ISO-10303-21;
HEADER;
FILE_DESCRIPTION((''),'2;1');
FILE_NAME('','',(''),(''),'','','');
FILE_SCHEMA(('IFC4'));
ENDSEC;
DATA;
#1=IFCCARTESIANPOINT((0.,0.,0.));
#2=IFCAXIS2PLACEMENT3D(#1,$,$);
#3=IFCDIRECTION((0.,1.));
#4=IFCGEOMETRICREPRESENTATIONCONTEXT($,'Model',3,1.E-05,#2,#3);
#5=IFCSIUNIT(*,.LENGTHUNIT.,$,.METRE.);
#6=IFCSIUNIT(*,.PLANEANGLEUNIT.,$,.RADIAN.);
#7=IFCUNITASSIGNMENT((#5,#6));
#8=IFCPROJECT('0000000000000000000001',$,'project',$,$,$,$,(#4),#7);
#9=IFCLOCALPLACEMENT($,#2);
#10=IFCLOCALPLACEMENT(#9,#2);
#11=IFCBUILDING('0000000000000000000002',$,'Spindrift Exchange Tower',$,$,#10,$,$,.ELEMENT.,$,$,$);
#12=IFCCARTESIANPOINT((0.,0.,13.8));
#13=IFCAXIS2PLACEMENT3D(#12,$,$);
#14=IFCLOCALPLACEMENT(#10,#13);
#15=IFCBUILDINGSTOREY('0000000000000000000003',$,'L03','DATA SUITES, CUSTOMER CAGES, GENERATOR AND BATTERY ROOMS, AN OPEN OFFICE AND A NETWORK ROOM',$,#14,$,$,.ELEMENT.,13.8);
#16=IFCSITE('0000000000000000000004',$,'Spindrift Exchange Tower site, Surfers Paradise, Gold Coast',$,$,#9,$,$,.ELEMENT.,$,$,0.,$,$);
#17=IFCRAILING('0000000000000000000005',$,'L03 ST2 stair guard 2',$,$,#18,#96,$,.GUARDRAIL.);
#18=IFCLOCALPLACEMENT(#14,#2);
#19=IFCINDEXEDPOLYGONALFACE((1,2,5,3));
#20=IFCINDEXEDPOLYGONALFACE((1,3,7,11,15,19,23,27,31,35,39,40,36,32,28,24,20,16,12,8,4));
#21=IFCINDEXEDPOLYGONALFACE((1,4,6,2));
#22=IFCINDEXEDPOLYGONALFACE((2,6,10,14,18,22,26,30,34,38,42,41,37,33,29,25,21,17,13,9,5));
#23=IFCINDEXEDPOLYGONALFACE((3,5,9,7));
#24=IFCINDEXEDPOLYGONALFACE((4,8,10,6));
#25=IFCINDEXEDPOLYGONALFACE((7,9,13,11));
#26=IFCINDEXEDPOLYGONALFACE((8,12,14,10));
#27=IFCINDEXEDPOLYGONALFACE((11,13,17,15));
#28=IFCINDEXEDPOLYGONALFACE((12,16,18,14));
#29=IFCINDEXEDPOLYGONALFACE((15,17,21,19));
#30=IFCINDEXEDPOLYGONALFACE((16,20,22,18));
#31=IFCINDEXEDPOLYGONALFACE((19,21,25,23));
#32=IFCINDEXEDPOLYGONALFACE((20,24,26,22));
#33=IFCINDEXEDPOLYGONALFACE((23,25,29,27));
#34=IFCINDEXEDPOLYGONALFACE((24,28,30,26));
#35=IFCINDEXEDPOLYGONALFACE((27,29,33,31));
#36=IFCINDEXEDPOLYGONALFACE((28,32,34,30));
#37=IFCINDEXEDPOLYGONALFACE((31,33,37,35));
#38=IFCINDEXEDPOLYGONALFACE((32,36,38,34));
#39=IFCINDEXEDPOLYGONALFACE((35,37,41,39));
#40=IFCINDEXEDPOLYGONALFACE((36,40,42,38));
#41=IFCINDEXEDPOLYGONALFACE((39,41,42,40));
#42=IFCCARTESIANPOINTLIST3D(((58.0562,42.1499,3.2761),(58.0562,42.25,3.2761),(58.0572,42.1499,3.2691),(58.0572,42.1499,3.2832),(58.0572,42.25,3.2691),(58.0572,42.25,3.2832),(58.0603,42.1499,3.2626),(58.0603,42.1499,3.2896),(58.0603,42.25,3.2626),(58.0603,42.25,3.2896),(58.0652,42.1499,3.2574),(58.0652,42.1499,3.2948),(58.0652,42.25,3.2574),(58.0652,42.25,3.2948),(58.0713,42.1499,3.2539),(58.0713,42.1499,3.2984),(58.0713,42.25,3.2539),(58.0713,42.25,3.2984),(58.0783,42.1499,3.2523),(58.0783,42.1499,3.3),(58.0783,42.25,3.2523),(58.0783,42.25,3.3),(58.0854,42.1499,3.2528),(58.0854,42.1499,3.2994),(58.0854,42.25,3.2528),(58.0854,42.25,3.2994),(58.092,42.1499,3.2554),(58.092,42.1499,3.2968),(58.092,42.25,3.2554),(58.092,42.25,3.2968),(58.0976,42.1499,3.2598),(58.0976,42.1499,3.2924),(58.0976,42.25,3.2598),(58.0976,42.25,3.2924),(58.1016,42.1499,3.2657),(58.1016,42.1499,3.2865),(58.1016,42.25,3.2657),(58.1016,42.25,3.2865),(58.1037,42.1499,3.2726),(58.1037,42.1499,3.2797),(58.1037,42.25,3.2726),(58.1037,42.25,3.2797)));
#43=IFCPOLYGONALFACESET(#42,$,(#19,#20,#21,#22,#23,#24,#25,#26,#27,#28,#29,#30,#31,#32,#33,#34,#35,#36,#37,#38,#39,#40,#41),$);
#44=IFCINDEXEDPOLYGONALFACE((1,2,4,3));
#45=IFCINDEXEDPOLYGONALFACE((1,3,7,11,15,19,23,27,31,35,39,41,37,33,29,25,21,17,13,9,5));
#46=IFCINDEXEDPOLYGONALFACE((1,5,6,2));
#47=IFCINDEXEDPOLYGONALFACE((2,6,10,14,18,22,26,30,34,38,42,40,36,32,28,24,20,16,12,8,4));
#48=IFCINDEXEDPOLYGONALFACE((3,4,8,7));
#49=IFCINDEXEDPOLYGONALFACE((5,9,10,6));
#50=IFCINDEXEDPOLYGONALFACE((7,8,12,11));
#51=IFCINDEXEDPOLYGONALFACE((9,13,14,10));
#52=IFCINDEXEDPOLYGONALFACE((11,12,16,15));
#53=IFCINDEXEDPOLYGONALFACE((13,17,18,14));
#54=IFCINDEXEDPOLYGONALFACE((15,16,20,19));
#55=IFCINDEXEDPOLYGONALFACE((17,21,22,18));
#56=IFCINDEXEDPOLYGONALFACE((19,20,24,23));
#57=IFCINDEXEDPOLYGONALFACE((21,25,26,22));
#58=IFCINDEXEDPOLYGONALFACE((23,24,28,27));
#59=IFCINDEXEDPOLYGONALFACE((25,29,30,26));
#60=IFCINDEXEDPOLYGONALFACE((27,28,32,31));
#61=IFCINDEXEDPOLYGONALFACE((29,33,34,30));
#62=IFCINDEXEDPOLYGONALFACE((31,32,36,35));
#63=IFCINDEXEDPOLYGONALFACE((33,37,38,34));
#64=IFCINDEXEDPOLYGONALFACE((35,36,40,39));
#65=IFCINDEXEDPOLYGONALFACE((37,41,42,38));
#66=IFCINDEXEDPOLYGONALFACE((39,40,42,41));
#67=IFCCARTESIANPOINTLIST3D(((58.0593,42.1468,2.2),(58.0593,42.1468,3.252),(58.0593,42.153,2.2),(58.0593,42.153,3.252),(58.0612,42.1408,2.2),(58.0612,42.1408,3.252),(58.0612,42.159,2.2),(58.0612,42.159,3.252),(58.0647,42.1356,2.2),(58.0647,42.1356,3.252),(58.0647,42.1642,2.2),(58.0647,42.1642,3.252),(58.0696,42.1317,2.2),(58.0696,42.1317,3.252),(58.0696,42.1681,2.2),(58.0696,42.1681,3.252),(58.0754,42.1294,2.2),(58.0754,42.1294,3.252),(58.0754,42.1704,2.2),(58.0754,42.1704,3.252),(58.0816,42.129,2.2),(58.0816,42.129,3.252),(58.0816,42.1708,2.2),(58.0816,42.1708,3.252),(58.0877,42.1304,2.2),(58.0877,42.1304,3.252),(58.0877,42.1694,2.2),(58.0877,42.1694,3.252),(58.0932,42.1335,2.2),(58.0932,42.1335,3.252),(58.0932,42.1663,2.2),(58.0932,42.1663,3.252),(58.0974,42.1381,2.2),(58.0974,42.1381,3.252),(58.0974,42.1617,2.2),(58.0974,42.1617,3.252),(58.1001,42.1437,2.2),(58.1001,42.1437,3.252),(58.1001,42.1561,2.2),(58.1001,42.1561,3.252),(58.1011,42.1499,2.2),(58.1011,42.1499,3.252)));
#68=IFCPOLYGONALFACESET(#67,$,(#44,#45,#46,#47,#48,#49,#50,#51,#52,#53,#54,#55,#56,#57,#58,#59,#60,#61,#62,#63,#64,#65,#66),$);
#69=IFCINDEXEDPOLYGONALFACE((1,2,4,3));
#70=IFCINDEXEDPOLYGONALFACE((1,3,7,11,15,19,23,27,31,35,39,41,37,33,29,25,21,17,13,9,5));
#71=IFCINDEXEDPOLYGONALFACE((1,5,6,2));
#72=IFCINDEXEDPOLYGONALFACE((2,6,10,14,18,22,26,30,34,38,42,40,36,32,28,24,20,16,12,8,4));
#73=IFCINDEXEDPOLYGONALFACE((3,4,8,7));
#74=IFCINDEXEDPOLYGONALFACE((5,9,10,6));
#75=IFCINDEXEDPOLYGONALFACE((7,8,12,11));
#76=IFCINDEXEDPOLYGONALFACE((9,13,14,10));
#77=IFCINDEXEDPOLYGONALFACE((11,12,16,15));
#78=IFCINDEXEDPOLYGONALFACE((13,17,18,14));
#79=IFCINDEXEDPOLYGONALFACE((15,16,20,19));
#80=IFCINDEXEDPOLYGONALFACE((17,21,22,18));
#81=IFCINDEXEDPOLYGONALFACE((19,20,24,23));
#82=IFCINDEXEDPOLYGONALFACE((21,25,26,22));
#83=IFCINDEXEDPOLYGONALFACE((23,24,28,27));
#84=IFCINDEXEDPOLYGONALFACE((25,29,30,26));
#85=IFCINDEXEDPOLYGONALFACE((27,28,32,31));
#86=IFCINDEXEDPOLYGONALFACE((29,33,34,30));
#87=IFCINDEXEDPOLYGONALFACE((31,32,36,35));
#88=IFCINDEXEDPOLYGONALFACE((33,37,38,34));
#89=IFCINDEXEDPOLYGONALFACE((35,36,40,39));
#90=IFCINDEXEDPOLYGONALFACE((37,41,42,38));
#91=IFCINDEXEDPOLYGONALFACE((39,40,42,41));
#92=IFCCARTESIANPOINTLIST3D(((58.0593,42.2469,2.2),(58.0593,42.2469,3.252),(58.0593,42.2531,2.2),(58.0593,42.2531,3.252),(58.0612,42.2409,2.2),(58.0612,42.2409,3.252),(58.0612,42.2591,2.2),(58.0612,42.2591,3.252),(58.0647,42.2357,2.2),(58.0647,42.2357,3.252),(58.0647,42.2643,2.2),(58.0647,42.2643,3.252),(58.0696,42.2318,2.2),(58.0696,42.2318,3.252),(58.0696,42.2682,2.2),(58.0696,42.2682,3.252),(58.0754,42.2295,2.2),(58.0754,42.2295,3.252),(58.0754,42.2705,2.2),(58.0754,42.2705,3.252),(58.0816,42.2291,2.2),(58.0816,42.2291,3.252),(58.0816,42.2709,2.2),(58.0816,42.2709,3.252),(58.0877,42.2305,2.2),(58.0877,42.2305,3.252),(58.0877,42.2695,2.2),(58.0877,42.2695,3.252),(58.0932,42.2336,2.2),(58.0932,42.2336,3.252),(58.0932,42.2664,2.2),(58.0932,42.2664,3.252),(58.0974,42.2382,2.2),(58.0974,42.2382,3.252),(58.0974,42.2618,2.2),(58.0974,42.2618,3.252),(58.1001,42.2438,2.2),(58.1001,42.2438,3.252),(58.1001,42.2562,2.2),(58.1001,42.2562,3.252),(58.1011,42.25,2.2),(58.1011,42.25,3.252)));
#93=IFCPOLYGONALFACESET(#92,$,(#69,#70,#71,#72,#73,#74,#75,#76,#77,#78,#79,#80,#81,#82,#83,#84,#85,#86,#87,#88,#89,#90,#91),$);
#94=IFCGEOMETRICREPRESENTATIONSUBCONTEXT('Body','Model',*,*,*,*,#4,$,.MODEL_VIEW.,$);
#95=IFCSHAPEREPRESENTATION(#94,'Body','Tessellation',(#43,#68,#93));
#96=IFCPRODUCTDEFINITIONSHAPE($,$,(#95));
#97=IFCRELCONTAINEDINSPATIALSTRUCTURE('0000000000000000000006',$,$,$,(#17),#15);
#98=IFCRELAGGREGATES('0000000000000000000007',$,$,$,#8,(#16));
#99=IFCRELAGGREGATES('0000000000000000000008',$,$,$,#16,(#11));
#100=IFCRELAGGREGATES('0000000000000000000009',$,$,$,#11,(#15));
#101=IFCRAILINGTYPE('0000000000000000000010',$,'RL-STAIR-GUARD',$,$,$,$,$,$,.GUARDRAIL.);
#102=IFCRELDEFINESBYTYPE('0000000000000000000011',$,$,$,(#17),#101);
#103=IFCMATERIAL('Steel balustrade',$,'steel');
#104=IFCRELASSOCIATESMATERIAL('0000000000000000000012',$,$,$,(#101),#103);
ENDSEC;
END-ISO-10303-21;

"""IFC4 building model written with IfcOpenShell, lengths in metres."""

from ifc_helpers import new_model, si_unit, direction, frame, origin, origin_2d, place, context, subcontext, project, spatial, circle, extrude, material, type_object, element, save


model = new_model("IFC4")

# Units and contexts
model_context = context("Model", 3, precision=1e-05, world=origin(), true_north=direction((0.0, 1.0)))
body_context = subcontext(model_context, "Body", "Model", "MODEL_VIEW")
ifc_project = project(units=[si_unit("LENGTHUNIT", "METRE"), si_unit("PLANEANGLEUNIT", "RADIAN")], contexts=[model_context])

# Site, building, storey
site_placement = place(None, origin())
site = spatial("IfcSite", under=ifc_project, at=site_placement, Name="Spindrift Exchange Tower site, Surfers Paradise, Gold Coast", CompositionType="ELEMENT", RefElevation=0.0)
building_placement = place(site_placement, origin())
building = spatial("IfcBuilding", under=site, at=building_placement, Name="Spindrift Exchange Tower", CompositionType="ELEMENT")
storey_placement = place(building_placement, frame((0.0, 0.0, 13.8)))
storey = spatial("IfcBuildingStorey", under=building, at=storey_placement, Name="L03", Description="DATA SUITES, CUSTOMER CAGES, GENERATOR AND BATTERY ROOMS, AN OPEN OFFICE AND A NETWORK ROOM", CompositionType="ELEMENT", Elevation=13.8)

# Railing
ifc_material_1 = material(Name="Steel balustrade", Category="steel")
railing_type_1 = type_object("IfcRailingType", Name="RL-STAIR-GUARD", PredefinedType="GUARDRAIL", material=ifc_material_1)
railing_1_placement = place(storey_placement, frame((58.0801, 42.1499, 2.2)))
element("IfcRailing", 1, at=railing_1_placement, inside=storey, type_object=railing_type_1, Name="L03 ST2 stair guard 2", PredefinedType="GUARDRAIL", context=body_context, shape_type="SweptSolid", body=[
    extrude(circle(Radius=0.0239, at=origin_2d()), frame((0.0, 0.0, 1.0762), z_axis=(0.0, 1.0, 0.0), x_axis=(-1.0, 0.0, 0.0)), (0.0, 0.0, 1.0), 0.1001),
    extrude(circle(Radius=0.021, at=origin_2d()), origin(), (0.0, 0.0, 1.0), 1.052),
    extrude(circle(Radius=0.021, at=origin_2d()), frame((0.0, 0.1001, 0.0)), (0.0, 0.0, 1.0), 1.052),
])

save(model, "model.ifc")
